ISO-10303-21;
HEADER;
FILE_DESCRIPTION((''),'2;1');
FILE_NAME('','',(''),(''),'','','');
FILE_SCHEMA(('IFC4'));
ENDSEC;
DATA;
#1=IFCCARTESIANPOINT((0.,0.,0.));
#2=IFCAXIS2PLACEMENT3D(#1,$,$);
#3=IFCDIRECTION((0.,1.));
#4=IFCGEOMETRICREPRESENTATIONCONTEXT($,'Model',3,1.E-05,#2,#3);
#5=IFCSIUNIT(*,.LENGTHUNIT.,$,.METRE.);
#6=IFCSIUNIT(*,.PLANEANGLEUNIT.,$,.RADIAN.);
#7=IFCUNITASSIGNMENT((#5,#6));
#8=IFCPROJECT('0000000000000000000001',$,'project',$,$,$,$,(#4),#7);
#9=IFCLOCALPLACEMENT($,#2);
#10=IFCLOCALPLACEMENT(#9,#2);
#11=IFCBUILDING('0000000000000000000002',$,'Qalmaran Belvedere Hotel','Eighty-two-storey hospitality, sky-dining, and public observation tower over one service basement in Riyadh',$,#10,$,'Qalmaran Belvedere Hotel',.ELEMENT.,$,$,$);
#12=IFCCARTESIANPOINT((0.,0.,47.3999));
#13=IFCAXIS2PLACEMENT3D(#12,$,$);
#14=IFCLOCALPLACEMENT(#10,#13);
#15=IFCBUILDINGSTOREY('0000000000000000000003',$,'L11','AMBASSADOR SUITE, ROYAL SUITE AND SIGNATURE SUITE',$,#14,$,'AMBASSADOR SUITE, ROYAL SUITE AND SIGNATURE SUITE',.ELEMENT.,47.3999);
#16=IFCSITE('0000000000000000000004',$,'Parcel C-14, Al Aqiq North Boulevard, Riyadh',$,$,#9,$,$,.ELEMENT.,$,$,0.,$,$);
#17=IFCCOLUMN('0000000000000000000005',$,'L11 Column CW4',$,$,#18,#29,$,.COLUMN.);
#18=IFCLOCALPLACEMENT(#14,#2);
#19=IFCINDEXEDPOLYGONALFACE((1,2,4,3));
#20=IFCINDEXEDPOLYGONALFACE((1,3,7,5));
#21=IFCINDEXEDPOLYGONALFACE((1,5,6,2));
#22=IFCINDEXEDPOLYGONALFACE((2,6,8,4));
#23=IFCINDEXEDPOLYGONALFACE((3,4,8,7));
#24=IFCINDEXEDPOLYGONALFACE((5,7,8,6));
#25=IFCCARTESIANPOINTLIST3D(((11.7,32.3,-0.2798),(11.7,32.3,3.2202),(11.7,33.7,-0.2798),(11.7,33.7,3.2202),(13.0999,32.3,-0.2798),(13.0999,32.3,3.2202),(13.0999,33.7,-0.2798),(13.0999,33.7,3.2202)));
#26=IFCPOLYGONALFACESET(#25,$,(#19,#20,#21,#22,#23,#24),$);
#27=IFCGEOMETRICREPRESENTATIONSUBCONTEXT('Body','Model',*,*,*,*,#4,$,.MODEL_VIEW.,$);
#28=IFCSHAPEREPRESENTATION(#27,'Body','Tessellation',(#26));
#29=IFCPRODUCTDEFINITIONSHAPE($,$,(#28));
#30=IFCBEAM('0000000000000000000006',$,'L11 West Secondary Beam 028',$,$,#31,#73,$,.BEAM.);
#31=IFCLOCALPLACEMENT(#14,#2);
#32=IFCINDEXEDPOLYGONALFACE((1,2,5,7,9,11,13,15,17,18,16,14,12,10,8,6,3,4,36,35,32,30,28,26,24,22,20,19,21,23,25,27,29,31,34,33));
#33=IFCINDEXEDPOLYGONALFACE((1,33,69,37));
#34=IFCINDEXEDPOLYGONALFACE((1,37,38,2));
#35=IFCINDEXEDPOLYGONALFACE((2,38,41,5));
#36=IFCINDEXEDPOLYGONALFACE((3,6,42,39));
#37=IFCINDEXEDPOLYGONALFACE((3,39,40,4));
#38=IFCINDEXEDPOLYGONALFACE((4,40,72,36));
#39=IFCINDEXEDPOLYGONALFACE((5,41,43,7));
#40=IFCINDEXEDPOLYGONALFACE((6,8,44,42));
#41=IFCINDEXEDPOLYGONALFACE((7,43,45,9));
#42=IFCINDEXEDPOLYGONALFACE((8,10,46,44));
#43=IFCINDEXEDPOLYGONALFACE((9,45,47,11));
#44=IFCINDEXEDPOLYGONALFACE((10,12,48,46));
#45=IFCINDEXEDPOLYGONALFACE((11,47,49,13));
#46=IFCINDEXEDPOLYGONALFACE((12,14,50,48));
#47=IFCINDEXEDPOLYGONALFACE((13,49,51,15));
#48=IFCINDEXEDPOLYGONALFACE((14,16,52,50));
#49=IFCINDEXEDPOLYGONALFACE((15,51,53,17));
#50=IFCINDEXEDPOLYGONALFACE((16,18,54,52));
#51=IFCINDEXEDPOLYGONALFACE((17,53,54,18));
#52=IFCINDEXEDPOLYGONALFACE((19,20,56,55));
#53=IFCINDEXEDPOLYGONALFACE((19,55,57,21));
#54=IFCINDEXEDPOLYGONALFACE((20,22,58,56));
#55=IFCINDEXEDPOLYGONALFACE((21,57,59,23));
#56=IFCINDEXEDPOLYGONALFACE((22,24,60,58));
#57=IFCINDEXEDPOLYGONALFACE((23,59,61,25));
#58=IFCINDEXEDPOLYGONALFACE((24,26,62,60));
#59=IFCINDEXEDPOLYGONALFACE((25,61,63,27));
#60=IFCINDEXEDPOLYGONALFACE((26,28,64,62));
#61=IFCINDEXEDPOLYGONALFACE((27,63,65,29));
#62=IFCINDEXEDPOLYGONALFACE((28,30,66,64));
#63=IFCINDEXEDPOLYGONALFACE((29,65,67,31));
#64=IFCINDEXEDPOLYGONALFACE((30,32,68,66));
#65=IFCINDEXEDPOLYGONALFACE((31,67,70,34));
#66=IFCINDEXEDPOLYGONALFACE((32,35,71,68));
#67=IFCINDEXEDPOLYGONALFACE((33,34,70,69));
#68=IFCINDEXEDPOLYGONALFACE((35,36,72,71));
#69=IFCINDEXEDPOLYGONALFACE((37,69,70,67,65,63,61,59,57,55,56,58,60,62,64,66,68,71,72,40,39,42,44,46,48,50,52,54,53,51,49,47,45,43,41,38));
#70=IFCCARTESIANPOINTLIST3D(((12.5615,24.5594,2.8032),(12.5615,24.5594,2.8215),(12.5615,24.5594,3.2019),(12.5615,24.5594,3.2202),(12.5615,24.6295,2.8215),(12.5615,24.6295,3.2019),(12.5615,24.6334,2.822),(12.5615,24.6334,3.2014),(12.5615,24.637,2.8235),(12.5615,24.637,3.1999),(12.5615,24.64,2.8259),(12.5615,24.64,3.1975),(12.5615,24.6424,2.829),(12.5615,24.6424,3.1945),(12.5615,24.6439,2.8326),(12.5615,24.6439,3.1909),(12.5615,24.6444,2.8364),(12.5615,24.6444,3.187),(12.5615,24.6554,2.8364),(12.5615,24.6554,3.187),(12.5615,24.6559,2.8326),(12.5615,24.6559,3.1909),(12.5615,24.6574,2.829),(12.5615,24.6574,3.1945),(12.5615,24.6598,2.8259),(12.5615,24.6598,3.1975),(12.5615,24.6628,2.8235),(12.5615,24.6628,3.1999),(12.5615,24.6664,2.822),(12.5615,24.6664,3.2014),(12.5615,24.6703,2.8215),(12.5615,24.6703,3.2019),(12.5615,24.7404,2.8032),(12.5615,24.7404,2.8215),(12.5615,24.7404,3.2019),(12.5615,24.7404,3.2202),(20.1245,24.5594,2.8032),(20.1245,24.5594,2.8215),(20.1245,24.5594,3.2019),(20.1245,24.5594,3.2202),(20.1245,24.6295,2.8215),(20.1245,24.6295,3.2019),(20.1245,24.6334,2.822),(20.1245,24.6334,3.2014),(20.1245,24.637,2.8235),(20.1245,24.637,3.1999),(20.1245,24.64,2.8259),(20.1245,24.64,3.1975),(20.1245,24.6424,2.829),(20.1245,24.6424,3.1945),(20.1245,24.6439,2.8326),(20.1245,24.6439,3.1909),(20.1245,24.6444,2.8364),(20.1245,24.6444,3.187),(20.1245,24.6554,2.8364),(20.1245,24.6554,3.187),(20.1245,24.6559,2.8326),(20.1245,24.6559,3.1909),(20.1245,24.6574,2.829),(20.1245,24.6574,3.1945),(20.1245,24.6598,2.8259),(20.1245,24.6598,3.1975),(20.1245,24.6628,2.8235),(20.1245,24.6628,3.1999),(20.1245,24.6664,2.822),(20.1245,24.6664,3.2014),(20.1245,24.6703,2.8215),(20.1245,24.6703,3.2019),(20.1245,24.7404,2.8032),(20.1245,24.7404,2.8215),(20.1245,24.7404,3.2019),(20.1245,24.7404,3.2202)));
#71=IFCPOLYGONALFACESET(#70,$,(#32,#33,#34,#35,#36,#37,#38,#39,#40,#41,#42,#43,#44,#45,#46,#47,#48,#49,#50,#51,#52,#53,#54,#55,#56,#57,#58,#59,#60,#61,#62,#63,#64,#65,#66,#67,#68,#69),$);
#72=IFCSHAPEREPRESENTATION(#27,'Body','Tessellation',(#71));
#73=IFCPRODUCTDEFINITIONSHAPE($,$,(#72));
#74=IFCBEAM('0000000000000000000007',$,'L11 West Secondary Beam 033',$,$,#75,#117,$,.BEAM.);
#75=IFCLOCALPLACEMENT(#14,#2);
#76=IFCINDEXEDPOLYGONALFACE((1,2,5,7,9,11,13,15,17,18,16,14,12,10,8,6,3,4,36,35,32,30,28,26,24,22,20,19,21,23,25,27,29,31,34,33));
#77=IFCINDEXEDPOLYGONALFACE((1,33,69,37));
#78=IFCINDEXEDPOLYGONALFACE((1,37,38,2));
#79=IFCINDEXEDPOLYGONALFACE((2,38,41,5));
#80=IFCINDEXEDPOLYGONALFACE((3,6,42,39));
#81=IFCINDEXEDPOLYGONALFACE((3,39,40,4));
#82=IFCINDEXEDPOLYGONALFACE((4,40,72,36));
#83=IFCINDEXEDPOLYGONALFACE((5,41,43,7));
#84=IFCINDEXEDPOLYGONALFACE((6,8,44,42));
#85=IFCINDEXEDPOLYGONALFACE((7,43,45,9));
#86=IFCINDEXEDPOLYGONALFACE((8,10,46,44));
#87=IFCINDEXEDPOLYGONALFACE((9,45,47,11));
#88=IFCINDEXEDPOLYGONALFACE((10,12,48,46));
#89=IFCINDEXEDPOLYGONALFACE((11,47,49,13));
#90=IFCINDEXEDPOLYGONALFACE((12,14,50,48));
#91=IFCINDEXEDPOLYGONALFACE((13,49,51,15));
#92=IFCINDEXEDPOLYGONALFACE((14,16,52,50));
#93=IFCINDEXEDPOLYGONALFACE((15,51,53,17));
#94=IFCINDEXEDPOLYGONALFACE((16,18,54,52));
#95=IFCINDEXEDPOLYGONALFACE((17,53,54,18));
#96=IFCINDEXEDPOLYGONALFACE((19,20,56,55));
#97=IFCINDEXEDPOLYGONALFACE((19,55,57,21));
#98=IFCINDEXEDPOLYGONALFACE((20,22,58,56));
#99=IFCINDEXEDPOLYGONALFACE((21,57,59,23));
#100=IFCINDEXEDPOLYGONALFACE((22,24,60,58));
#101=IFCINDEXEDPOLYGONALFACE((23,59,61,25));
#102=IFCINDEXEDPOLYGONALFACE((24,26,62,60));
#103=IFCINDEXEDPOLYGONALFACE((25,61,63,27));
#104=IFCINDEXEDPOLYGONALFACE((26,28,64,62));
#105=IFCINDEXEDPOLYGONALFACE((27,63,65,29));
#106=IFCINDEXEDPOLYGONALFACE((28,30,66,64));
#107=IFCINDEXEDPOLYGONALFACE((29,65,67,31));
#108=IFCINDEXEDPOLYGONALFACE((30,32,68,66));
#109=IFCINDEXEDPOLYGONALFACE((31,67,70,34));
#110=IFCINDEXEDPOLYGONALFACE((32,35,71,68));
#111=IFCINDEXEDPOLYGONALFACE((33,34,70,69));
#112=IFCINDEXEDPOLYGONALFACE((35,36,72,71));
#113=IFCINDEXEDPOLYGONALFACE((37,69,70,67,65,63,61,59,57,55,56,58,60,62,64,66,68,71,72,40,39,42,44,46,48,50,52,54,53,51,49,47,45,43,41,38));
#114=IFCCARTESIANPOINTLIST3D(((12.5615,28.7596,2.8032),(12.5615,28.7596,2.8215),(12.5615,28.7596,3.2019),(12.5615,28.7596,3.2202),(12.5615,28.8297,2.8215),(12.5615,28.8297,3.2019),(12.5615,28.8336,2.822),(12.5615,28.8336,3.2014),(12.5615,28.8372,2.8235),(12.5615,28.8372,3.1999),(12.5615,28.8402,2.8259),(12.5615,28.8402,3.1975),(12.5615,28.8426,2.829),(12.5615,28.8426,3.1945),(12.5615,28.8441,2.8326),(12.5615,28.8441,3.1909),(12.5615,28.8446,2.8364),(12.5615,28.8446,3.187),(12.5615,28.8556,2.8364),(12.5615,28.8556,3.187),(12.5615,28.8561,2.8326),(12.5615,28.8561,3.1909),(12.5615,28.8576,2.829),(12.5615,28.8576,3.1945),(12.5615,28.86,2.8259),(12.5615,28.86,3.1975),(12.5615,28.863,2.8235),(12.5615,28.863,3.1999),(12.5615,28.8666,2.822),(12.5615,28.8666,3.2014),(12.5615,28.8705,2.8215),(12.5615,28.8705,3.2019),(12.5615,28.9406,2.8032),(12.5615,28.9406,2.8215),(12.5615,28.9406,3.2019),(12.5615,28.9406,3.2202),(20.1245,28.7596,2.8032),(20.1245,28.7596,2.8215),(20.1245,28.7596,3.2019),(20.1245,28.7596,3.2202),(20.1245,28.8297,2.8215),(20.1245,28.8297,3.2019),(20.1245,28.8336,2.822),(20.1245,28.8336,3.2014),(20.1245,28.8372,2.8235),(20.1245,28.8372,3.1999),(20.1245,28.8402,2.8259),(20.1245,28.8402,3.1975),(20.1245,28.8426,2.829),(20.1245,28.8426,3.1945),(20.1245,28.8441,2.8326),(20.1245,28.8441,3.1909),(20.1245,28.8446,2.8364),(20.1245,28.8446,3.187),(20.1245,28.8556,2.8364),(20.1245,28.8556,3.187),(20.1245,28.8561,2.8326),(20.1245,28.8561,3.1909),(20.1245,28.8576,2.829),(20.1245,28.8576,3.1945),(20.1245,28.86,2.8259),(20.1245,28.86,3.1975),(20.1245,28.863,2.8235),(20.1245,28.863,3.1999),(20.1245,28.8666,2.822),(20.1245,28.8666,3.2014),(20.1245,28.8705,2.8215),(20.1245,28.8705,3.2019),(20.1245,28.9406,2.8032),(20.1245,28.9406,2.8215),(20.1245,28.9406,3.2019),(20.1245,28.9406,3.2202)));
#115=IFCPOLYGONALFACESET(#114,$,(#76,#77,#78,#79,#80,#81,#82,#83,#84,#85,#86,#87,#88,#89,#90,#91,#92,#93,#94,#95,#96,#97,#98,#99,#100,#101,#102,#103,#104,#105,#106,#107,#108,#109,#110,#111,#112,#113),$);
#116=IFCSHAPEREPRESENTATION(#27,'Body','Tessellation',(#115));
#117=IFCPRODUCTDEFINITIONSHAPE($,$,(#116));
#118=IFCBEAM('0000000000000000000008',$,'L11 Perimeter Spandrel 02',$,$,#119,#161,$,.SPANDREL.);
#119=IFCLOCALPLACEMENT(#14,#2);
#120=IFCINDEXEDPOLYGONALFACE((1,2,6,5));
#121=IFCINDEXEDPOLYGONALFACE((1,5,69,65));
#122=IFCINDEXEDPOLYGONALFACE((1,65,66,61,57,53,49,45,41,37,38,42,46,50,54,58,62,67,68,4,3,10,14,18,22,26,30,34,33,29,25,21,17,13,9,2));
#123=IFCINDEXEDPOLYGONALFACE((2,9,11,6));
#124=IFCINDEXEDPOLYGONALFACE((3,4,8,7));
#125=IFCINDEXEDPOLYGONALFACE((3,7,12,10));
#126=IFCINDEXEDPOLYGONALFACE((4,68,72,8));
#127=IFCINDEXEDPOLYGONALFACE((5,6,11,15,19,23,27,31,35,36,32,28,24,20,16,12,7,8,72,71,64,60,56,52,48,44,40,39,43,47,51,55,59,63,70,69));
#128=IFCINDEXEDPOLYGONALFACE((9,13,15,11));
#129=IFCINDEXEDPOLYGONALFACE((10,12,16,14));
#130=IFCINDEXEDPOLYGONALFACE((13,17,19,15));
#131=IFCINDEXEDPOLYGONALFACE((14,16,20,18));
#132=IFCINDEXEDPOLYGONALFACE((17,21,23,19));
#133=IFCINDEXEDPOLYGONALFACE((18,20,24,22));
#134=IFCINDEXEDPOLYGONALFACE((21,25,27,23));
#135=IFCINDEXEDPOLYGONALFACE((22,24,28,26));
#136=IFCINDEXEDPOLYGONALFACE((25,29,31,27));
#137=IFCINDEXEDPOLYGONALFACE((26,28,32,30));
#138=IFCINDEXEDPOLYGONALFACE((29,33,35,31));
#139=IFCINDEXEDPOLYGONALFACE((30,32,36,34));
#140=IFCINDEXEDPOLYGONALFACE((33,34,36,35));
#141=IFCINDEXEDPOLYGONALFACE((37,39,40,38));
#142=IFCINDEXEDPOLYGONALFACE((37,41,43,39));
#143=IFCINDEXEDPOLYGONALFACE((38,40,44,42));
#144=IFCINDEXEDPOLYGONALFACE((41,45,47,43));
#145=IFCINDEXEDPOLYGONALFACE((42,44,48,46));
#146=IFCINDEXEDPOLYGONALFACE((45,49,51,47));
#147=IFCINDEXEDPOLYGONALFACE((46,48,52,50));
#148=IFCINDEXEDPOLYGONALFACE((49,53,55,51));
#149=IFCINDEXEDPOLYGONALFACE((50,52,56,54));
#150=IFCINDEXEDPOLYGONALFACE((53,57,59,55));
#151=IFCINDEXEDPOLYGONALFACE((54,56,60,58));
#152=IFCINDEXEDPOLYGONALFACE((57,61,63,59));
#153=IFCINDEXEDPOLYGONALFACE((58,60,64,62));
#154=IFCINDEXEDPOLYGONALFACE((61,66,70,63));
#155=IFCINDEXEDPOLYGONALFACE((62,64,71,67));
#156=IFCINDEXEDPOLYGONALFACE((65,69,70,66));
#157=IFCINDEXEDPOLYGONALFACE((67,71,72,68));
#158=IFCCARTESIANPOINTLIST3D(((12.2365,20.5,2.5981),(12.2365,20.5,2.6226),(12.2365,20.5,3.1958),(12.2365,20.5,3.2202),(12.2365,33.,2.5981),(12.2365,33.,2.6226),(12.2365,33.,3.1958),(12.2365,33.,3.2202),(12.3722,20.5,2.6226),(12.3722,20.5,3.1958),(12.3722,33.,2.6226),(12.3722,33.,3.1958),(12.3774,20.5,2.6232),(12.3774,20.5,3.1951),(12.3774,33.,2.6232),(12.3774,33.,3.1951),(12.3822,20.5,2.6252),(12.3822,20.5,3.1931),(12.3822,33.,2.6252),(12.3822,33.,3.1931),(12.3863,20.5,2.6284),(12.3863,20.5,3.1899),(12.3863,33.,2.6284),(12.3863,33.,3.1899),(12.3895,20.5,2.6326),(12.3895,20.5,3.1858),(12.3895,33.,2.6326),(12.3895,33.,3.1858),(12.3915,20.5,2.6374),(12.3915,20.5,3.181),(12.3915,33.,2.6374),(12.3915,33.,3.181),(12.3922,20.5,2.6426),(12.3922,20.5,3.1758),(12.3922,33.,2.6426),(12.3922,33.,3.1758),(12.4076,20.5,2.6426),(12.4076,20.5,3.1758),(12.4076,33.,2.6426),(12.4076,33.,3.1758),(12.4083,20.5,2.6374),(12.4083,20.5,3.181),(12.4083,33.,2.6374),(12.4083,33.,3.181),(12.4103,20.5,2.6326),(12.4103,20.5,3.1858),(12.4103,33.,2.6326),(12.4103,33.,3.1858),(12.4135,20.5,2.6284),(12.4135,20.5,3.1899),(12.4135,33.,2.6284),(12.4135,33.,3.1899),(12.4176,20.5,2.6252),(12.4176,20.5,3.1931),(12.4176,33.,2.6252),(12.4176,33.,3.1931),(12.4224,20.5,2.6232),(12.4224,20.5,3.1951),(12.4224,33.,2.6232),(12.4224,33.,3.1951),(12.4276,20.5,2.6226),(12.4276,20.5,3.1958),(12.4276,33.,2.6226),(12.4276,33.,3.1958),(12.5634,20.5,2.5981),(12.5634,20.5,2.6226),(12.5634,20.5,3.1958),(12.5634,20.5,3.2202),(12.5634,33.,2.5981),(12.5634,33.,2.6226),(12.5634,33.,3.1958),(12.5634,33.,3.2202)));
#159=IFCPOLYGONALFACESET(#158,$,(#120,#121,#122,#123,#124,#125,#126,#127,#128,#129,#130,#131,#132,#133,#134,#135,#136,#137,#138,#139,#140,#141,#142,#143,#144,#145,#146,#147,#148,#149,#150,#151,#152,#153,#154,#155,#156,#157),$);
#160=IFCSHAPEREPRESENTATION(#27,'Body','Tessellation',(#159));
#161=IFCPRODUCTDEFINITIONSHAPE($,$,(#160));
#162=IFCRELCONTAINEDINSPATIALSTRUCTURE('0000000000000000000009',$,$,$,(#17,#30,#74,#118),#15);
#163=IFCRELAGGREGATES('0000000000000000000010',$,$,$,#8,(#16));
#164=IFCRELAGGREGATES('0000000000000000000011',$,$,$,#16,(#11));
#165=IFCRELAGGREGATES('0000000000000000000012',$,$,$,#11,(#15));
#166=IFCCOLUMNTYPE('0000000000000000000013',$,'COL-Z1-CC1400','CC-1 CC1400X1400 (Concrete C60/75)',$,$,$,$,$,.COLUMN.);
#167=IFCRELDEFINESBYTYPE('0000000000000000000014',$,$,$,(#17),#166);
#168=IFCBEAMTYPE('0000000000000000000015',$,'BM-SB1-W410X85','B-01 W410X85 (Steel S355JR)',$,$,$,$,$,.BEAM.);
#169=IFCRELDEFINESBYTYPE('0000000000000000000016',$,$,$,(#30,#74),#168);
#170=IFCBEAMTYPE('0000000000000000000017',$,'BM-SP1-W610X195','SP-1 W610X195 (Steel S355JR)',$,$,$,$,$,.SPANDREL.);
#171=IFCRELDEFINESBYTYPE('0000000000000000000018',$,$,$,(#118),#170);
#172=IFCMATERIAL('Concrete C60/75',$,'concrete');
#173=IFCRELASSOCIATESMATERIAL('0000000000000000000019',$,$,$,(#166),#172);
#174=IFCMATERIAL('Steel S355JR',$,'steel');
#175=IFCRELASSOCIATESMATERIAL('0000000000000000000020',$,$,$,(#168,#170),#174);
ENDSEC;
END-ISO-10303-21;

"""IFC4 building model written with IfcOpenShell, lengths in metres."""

from ifc_helpers import new_model, si_unit, direction, frame, origin, origin_2d, place, context, subcontext, project, spatial, rectangle, i_section, extrude, material, material_profile, profile_set, type_object, element, save


model = new_model("IFC4")

# Units and contexts
model_context = context("Model", 3, precision=1e-05, world=origin(), true_north=direction((0.0, 1.0)))
body_context = subcontext(model_context, "Body", "Model", "MODEL_VIEW")
ifc_project = project(units=[si_unit("LENGTHUNIT", "METRE"), si_unit("PLANEANGLEUNIT", "RADIAN")], contexts=[model_context])

# Site, building, storey
site_placement = place(None, origin())
site = spatial("IfcSite", under=ifc_project, at=site_placement, Name="Parcel C-14, Al Aqiq North Boulevard, Riyadh", CompositionType="ELEMENT", RefElevation=0.0)
building_placement = place(site_placement, origin())
building = spatial("IfcBuilding", under=site, at=building_placement, Name="Qalmaran Belvedere Hotel", Description="Eighty-two-storey hospitality, sky-dining, and public observation tower over one service basement in Riyadh", LongName="Qalmaran Belvedere Hotel", CompositionType="ELEMENT")
storey_placement = place(building_placement, frame((0.0, 0.0, 47.3999)))
storey = spatial("IfcBuildingStorey", under=building, at=storey_placement, Name="L11", Description="AMBASSADOR SUITE, ROYAL SUITE AND SIGNATURE SUITE", LongName="AMBASSADOR SUITE, ROYAL SUITE AND SIGNATURE SUITE", CompositionType="ELEMENT", Elevation=47.3999)

# Column
ifc_material_1 = material(Name="Concrete C60/75", Category="concrete")
ifc_material_profile_1 = material_profile(ifc_material_1, rectangle(XDim=1.3999, YDim=1.3999, at=origin_2d()), Name="CC1400X1400")
ifc_profile_set_1 = profile_set([ifc_material_profile_1], Name="Concrete C60/75")
column_type = type_object("IfcColumnType", Name="COL-Z1-CC1400", Description="CC-1 CC1400X1400 (Concrete C60/75)", PredefinedType="COLUMN", material=ifc_profile_set_1)
column_placement = place(storey_placement, frame((12.3999, 33.0, -0.2798), z_axis=(0.0, 0.0, 1.0), x_axis=(1.0, 0.0, 0.0)))
element("IfcColumn", 1, at=column_placement, inside=storey, type_object=column_type, Name="L11 Column CW4", PredefinedType="COLUMN", context=body_context, shape_type="SweptSolid", body=[
    extrude(rectangle(XDim=1.3999, YDim=1.3999, at=origin_2d()), origin(), (0.0, 0.0, 1.0), 3.5),
])

# Beams
ifc_material_2 = material(Name="Steel S355JR", Category="steel")
ifc_material_profile_2 = material_profile(ifc_material_2, i_section(OverallWidth=0.1809, OverallDepth=0.417, WebThickness=0.011, FlangeThickness=0.0183, FilletRadius=0.0149, at=origin_2d()), Name="W410X85")
ifc_profile_set_2 = profile_set([ifc_material_profile_2], Name="Steel S355JR")
beam_type_1 = type_object("IfcBeamType", Name="BM-SB1-W410X85", Description="B-01 W410X85 (Steel S355JR)", PredefinedType="BEAM", material=ifc_profile_set_2)
for number, where, z_axis, x_axis, name in (
    (2, (12.5615, 24.6499, 3.0117), (1.0, 0.0, 0.0), (0.0, 1.0, 0.0), "L11 West Secondary Beam 028"),
    (3, (12.5615, 28.8501, 3.0117), (1.0, 0.0, 0.0), (0.0, 1.0, 0.0), "L11 West Secondary Beam 033"),
):
    element("IfcBeam", number, at=place(storey_placement, frame(where, z_axis=z_axis, x_axis=x_axis)), inside=storey, type_object=beam_type_1, Name=name, PredefinedType="BEAM", context=body_context, shape_type="SweptSolid", body=[
        extrude(i_section(OverallWidth=0.1809, OverallDepth=0.417, WebThickness=0.011, FlangeThickness=0.0183, FilletRadius=0.0149, at=origin_2d()), origin(), (0.0, 0.0, 1.0), 7.563),
    ])
ifc_material_profile_3 = material_profile(ifc_material_2, i_section(OverallWidth=0.3269, OverallDepth=0.6221, WebThickness=0.0154, FlangeThickness=0.0244, FilletRadius=0.02, at=origin_2d()), Name="W610X195")
ifc_profile_set_3 = profile_set([ifc_material_profile_3], Name="Steel S355JR")
beam_type_2 = type_object("IfcBeamType", Name="BM-SP1-W610X195", Description="SP-1 W610X195 (Steel S355JR)", PredefinedType="SPANDREL", material=ifc_profile_set_3)
beam_placement = place(storey_placement, frame((12.3999, 20.5, 2.9092), z_axis=(0.0, 1.0, 0.0), x_axis=(-1.0, 0.0, 0.0)))
element("IfcBeam", 4, at=beam_placement, inside=storey, type_object=beam_type_2, Name="L11 Perimeter Spandrel 02", PredefinedType="SPANDREL", context=body_context, shape_type="SweptSolid", body=[
    extrude(i_section(OverallWidth=0.3269, OverallDepth=0.6221, WebThickness=0.0154, FlangeThickness=0.0244, FilletRadius=0.02, at=origin_2d()), origin(), (0.0, 0.0, 1.0), 12.5),
])

save(model, "model.ifc")
